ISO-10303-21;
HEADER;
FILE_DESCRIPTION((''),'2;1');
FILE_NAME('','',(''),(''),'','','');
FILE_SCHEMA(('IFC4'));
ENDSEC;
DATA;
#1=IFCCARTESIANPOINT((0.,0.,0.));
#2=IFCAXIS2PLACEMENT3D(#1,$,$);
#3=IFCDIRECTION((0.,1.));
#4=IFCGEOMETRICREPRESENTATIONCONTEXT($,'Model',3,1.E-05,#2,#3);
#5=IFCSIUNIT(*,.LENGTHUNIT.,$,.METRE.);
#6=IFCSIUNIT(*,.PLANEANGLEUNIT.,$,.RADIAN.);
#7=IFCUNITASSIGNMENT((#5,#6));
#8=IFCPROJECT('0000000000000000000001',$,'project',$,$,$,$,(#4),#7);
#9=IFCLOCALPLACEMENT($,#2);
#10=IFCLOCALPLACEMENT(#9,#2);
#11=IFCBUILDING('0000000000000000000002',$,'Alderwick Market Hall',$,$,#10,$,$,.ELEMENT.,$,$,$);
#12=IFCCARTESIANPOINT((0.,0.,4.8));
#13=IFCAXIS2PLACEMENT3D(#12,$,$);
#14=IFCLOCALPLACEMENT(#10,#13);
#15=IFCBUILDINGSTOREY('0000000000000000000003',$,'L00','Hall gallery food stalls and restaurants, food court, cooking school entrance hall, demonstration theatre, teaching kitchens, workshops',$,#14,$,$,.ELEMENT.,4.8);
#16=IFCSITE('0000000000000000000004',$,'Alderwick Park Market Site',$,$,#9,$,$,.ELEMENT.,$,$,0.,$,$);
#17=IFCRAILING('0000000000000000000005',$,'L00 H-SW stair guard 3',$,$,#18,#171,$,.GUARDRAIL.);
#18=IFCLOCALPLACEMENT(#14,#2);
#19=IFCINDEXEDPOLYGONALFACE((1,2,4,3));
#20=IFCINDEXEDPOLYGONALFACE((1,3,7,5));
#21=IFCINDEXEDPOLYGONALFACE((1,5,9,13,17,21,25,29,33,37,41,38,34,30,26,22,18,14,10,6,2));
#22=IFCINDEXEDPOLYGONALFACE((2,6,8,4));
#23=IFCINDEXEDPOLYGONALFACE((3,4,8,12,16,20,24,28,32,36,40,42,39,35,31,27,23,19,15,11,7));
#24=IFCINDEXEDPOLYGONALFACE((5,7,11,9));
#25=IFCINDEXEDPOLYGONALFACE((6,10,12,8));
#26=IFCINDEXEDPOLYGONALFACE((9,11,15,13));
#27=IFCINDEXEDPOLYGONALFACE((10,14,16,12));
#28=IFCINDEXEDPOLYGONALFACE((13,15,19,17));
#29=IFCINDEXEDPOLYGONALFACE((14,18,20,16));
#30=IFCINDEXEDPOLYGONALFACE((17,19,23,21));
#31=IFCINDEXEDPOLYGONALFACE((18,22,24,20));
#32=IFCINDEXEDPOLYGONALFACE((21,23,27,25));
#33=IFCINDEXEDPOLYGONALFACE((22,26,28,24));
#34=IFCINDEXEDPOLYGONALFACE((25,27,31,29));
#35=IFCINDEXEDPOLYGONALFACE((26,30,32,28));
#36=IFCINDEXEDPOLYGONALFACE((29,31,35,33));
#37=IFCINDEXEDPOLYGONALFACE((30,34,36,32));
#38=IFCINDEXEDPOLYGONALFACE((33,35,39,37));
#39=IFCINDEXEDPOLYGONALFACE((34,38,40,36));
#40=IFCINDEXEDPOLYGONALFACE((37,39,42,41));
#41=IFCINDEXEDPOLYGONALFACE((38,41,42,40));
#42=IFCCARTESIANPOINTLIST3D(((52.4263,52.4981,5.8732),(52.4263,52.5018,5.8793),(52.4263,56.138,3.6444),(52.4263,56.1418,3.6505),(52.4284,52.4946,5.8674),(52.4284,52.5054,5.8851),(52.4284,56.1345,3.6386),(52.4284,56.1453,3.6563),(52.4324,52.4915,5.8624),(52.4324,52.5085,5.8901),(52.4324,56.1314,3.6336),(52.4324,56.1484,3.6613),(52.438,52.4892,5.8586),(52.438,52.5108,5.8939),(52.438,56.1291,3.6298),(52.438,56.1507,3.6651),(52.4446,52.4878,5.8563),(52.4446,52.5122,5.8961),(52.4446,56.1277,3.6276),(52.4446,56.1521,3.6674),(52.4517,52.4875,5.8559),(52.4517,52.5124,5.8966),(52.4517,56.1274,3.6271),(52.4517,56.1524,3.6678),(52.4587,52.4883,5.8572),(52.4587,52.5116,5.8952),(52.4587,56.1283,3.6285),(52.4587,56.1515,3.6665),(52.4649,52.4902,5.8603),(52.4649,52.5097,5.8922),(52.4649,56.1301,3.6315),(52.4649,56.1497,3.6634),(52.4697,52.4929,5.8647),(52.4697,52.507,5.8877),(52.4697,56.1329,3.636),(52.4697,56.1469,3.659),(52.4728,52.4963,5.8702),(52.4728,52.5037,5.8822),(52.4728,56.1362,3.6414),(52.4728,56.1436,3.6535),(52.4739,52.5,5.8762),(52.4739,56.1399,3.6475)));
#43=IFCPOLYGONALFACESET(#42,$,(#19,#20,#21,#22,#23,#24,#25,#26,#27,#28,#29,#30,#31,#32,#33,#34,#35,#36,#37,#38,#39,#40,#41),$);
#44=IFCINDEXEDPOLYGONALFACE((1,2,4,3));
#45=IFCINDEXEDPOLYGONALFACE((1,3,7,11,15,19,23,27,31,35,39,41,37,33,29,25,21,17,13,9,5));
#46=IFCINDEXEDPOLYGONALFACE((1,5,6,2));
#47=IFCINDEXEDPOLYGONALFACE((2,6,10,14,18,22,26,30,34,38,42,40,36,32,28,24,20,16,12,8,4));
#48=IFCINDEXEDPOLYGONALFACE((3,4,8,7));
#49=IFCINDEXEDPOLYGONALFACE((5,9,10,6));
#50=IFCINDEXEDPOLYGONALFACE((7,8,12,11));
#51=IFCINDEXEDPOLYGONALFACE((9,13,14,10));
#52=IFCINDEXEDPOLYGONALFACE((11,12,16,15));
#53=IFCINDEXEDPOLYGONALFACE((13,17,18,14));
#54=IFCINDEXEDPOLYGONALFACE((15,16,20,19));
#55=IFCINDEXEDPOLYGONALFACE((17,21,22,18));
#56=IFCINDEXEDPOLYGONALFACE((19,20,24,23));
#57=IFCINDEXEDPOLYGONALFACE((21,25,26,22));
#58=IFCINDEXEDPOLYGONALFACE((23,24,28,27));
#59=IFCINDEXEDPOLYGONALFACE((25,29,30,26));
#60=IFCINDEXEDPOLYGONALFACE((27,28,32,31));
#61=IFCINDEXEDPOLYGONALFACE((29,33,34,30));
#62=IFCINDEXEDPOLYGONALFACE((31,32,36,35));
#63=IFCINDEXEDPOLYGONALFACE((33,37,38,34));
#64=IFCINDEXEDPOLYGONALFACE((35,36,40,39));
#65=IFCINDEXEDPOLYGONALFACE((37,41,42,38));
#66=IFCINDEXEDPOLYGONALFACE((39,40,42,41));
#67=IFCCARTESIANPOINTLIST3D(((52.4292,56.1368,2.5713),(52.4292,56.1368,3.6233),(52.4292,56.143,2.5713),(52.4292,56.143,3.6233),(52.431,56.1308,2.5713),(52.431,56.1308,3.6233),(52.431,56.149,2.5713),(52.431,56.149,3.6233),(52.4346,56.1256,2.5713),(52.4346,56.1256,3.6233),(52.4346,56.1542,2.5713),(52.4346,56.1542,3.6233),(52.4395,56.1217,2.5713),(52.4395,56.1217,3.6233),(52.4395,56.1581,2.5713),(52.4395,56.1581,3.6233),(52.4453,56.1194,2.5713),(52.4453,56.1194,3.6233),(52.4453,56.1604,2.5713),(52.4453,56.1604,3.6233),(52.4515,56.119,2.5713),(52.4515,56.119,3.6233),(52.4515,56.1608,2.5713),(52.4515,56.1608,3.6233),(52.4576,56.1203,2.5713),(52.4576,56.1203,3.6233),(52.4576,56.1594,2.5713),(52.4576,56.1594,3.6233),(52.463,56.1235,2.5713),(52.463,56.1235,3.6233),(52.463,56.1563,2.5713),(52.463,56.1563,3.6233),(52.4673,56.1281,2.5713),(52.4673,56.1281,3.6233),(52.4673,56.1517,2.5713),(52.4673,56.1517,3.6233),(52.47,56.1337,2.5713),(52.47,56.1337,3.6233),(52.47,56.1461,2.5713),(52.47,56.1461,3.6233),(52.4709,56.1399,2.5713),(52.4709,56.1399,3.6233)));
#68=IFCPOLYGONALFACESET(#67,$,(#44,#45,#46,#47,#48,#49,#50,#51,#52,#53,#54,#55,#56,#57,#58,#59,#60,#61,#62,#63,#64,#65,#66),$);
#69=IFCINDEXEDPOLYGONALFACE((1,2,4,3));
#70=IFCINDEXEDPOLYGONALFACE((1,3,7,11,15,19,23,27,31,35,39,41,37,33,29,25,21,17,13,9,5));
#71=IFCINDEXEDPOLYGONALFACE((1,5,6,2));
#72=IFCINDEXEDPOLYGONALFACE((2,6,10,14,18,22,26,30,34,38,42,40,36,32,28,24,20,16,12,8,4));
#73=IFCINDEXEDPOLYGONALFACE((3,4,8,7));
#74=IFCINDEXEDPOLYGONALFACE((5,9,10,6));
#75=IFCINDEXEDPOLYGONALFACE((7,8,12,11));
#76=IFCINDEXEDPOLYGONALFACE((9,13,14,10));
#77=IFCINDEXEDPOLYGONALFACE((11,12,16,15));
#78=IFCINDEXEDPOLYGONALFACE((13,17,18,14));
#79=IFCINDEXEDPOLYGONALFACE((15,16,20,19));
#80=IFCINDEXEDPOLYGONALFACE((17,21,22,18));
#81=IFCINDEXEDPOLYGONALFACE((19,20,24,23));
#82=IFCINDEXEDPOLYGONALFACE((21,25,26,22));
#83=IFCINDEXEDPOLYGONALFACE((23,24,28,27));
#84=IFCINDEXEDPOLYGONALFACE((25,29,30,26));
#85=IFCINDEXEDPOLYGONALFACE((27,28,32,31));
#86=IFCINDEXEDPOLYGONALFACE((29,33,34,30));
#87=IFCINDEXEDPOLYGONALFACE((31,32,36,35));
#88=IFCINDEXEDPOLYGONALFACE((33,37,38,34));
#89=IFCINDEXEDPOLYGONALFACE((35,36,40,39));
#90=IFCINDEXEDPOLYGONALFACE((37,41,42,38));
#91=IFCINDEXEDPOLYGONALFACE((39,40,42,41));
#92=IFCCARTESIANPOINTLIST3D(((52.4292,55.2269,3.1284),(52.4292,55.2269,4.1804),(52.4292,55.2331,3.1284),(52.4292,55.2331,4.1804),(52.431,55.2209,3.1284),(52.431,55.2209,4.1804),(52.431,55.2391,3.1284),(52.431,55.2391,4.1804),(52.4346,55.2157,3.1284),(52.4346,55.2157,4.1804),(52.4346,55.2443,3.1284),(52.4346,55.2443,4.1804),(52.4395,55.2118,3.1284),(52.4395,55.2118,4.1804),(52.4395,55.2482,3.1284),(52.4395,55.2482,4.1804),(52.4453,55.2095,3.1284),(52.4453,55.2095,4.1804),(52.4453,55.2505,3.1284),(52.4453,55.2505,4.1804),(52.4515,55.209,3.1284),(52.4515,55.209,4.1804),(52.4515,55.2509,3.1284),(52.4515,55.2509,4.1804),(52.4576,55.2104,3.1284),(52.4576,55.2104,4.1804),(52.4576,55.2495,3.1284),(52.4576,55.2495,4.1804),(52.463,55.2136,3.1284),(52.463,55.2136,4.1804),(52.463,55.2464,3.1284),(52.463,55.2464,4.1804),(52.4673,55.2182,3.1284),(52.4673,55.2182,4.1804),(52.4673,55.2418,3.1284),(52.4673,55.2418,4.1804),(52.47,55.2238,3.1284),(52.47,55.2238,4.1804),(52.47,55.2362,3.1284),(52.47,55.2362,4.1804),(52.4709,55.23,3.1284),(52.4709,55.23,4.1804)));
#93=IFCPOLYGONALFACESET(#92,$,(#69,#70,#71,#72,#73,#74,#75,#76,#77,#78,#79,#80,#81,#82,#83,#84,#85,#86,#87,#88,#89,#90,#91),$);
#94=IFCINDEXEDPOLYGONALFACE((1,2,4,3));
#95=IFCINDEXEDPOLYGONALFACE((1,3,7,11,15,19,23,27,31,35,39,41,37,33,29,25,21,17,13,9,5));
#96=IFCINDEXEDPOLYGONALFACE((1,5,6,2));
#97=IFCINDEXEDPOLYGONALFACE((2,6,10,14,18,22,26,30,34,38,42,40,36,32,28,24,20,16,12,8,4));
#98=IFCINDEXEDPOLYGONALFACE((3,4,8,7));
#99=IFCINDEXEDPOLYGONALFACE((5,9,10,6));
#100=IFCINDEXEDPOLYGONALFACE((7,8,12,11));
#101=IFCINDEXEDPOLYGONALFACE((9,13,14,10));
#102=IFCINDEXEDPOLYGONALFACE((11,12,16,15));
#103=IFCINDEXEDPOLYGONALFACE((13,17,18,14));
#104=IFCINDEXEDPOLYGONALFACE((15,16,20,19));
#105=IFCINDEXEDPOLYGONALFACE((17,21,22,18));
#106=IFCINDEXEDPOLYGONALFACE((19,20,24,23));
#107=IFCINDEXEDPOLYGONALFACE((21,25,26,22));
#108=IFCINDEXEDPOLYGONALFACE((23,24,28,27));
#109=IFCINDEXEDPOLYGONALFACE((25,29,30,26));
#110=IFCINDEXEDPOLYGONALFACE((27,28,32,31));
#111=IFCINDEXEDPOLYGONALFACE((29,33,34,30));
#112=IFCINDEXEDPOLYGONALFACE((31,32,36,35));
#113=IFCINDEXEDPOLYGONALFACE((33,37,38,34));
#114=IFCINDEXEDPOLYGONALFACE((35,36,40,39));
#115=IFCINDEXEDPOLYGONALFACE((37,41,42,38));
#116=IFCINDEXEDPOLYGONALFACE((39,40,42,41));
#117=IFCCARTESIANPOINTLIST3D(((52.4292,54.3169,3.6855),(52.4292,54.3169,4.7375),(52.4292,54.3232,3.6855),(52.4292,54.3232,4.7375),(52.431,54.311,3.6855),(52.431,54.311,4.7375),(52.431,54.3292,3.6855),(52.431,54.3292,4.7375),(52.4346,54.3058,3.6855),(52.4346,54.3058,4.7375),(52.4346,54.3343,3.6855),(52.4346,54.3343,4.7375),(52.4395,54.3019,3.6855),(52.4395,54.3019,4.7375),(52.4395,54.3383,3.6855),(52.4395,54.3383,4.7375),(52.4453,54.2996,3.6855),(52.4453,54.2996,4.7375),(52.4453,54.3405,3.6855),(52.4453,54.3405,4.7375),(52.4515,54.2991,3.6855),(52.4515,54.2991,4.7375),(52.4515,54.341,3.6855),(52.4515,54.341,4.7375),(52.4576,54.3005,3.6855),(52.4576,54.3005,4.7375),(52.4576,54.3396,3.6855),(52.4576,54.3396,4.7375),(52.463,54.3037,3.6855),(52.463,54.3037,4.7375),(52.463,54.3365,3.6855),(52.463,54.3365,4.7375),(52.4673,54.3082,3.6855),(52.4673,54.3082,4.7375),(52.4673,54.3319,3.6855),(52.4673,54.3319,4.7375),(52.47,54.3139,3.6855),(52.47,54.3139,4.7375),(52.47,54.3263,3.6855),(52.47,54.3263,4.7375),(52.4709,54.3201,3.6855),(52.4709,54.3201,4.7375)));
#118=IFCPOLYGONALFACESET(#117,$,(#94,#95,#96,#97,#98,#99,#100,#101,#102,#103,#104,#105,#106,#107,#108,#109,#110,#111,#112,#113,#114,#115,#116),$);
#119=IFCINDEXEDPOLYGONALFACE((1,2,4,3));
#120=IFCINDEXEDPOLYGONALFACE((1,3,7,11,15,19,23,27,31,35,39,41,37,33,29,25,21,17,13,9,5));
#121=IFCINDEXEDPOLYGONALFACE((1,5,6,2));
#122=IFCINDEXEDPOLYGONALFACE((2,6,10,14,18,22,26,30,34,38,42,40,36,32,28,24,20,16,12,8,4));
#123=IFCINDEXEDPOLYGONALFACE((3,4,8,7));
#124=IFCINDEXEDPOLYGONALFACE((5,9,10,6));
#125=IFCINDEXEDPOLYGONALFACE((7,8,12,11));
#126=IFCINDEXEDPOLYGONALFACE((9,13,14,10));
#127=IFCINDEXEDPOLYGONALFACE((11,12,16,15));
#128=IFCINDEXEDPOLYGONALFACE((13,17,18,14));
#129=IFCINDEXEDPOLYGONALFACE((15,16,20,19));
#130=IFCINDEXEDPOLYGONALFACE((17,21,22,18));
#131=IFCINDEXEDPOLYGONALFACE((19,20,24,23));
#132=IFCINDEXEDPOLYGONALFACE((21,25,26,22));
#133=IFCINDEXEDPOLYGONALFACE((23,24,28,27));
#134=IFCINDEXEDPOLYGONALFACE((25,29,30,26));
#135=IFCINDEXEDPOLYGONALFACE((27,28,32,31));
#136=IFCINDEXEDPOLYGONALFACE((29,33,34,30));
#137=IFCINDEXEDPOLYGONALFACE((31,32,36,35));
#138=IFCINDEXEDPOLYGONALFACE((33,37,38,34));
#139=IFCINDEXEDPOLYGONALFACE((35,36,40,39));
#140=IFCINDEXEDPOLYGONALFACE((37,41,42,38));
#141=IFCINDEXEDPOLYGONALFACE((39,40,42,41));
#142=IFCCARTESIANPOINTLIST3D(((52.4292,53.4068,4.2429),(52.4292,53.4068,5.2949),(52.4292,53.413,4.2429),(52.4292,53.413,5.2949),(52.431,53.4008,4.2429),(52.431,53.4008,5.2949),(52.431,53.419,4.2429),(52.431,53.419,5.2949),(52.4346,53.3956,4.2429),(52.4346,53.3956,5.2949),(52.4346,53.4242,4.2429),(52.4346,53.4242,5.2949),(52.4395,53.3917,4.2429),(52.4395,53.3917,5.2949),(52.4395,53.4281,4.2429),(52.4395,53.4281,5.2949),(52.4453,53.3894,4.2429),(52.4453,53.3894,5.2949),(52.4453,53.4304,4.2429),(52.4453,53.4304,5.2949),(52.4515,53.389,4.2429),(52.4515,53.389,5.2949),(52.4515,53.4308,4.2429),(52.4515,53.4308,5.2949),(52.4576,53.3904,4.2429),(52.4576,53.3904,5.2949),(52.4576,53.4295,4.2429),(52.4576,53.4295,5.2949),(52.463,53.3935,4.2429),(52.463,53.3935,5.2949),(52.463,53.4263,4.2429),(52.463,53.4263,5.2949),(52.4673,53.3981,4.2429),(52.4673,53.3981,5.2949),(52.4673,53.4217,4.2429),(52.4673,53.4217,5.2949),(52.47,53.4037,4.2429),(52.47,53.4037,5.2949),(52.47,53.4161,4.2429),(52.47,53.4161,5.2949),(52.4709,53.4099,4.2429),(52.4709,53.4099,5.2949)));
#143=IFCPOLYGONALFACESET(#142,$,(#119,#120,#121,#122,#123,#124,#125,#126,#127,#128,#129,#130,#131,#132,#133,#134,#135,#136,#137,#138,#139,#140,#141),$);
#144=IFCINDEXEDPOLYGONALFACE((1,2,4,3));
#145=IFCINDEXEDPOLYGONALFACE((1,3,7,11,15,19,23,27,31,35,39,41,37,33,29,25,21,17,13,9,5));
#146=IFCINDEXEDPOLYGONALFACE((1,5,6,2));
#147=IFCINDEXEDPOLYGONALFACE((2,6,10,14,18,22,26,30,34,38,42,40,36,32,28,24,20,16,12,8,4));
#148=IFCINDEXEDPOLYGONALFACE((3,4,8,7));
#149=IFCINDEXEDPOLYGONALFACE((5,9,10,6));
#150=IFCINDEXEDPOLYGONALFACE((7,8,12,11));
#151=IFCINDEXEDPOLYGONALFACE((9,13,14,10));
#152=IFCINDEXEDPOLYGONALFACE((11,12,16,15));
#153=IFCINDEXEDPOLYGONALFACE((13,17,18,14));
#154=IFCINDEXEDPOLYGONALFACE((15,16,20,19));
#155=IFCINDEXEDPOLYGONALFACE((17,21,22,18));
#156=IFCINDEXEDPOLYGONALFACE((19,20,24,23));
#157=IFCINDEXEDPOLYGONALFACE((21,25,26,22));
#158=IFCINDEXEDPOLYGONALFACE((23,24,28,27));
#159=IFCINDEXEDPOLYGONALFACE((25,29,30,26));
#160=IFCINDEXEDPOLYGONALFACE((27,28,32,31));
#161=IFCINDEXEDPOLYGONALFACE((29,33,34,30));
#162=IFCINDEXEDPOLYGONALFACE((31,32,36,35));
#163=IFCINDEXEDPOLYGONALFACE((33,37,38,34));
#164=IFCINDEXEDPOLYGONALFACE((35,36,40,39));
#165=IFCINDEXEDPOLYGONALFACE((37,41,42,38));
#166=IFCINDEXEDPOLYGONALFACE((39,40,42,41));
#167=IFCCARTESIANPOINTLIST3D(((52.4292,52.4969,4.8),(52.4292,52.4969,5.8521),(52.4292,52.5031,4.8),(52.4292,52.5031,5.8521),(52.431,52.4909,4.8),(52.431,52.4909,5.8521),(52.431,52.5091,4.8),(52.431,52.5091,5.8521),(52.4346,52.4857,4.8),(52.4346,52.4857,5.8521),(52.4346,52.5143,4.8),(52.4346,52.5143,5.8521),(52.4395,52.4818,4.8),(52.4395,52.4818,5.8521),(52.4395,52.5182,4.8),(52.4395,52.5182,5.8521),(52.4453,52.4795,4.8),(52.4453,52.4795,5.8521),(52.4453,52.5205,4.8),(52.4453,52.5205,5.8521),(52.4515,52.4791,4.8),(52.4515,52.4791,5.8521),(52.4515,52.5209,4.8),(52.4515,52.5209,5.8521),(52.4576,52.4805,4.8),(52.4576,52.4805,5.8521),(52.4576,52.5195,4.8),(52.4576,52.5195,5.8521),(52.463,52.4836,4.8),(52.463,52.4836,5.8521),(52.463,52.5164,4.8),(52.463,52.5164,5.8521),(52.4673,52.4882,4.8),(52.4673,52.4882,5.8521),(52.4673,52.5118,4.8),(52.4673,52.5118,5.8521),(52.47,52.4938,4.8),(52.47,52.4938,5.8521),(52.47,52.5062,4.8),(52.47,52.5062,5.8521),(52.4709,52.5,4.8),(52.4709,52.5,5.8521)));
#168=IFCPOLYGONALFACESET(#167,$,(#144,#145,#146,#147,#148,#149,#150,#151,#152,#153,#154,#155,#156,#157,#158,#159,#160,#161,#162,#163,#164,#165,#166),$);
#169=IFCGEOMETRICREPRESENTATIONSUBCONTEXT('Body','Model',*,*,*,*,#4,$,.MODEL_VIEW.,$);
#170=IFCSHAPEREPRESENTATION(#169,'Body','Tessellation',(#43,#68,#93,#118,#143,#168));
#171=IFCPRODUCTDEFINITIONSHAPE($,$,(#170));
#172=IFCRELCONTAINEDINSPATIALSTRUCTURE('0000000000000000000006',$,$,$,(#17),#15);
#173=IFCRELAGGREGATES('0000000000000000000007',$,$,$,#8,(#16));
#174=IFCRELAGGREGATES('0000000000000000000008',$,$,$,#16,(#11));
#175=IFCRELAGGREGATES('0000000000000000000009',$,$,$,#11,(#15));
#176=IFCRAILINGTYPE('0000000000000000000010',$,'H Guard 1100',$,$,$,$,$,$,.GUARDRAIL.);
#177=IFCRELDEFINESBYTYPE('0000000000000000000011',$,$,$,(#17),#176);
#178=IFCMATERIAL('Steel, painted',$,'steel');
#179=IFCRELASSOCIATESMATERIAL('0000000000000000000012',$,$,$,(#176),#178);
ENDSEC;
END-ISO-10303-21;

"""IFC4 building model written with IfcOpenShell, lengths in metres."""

from ifc_helpers import new_model, si_unit, direction, frame, origin, origin_2d, place, context, subcontext, project, spatial, circle, extrude, material, type_object, element, save


model = new_model("IFC4")

# Units and contexts
model_context = context("Model", 3, precision=1e-05, world=origin(), true_north=direction((0.0, 1.0)))
body_context = subcontext(model_context, "Body", "Model", "MODEL_VIEW")
ifc_project = project(units=[si_unit("LENGTHUNIT", "METRE"), si_unit("PLANEANGLEUNIT", "RADIAN")], contexts=[model_context])

# Site, building, storey
site_placement = place(None, origin())
site = spatial("IfcSite", under=ifc_project, at=site_placement, Name="Alderwick Park Market Site", CompositionType="ELEMENT", RefElevation=0.0)
building_placement = place(site_placement, origin())
building = spatial("IfcBuilding", under=site, at=building_placement, Name="Alderwick Market Hall", CompositionType="ELEMENT")
storey_placement = place(building_placement, frame((0.0, 0.0, 4.8)))
storey = spatial("IfcBuildingStorey", under=building, at=storey_placement, Name="L00", Description="Hall gallery food stalls and restaurants, food court, cooking school entrance hall, demonstration theatre, teaching kitchens, workshops", CompositionType="ELEMENT", Elevation=4.8)

# Railing
ifc_material_1 = material(Name="Steel, painted", Category="steel")
railing_type_1 = type_object("IfcRailingType", Name="H Guard 1100", PredefinedType="GUARDRAIL", material=ifc_material_1)
railing_1_placement = place(storey_placement, frame((52.45, 56.1399, 2.5713)))
element("IfcRailing", 1, at=railing_1_placement, inside=storey, type_object=railing_type_1, Name="L00 H-SW stair guard 3", PredefinedType="GUARDRAIL", context=body_context, shape_type="SweptSolid", body=[
    extrude(circle(Radius=0.0239, at=origin_2d()), frame((0.0, 0.0, 1.0762), z_axis=(0.0, -0.852825, 0.522197), x_axis=(1.0, 0.0, 0.0)), (0.0, 0.0, 1.0), 4.2681),
    extrude(circle(Radius=0.021, at=origin_2d()), origin(), (0.0, 0.0, 1.0), 1.052),
    extrude(circle(Radius=0.021, at=origin_2d()), frame((0.0, -0.9099, 0.5571)), (0.0, 0.0, 1.0), 1.052),
    extrude(circle(Radius=0.021, at=origin_2d()), frame((0.0, -1.8198, 1.1143)), (0.0, 0.0, 1.0), 1.052),
    extrude(circle(Radius=0.021, at=origin_2d()), frame((0.0, -2.73, 1.6716)), (0.0, 0.0, 1.0), 1.052),
    extrude(circle(Radius=0.021, at=origin_2d()), frame((0.0, -3.6399, 2.2288)), (0.0, 0.0, 1.0), 1.052),
])

save(model, "model.ifc")
